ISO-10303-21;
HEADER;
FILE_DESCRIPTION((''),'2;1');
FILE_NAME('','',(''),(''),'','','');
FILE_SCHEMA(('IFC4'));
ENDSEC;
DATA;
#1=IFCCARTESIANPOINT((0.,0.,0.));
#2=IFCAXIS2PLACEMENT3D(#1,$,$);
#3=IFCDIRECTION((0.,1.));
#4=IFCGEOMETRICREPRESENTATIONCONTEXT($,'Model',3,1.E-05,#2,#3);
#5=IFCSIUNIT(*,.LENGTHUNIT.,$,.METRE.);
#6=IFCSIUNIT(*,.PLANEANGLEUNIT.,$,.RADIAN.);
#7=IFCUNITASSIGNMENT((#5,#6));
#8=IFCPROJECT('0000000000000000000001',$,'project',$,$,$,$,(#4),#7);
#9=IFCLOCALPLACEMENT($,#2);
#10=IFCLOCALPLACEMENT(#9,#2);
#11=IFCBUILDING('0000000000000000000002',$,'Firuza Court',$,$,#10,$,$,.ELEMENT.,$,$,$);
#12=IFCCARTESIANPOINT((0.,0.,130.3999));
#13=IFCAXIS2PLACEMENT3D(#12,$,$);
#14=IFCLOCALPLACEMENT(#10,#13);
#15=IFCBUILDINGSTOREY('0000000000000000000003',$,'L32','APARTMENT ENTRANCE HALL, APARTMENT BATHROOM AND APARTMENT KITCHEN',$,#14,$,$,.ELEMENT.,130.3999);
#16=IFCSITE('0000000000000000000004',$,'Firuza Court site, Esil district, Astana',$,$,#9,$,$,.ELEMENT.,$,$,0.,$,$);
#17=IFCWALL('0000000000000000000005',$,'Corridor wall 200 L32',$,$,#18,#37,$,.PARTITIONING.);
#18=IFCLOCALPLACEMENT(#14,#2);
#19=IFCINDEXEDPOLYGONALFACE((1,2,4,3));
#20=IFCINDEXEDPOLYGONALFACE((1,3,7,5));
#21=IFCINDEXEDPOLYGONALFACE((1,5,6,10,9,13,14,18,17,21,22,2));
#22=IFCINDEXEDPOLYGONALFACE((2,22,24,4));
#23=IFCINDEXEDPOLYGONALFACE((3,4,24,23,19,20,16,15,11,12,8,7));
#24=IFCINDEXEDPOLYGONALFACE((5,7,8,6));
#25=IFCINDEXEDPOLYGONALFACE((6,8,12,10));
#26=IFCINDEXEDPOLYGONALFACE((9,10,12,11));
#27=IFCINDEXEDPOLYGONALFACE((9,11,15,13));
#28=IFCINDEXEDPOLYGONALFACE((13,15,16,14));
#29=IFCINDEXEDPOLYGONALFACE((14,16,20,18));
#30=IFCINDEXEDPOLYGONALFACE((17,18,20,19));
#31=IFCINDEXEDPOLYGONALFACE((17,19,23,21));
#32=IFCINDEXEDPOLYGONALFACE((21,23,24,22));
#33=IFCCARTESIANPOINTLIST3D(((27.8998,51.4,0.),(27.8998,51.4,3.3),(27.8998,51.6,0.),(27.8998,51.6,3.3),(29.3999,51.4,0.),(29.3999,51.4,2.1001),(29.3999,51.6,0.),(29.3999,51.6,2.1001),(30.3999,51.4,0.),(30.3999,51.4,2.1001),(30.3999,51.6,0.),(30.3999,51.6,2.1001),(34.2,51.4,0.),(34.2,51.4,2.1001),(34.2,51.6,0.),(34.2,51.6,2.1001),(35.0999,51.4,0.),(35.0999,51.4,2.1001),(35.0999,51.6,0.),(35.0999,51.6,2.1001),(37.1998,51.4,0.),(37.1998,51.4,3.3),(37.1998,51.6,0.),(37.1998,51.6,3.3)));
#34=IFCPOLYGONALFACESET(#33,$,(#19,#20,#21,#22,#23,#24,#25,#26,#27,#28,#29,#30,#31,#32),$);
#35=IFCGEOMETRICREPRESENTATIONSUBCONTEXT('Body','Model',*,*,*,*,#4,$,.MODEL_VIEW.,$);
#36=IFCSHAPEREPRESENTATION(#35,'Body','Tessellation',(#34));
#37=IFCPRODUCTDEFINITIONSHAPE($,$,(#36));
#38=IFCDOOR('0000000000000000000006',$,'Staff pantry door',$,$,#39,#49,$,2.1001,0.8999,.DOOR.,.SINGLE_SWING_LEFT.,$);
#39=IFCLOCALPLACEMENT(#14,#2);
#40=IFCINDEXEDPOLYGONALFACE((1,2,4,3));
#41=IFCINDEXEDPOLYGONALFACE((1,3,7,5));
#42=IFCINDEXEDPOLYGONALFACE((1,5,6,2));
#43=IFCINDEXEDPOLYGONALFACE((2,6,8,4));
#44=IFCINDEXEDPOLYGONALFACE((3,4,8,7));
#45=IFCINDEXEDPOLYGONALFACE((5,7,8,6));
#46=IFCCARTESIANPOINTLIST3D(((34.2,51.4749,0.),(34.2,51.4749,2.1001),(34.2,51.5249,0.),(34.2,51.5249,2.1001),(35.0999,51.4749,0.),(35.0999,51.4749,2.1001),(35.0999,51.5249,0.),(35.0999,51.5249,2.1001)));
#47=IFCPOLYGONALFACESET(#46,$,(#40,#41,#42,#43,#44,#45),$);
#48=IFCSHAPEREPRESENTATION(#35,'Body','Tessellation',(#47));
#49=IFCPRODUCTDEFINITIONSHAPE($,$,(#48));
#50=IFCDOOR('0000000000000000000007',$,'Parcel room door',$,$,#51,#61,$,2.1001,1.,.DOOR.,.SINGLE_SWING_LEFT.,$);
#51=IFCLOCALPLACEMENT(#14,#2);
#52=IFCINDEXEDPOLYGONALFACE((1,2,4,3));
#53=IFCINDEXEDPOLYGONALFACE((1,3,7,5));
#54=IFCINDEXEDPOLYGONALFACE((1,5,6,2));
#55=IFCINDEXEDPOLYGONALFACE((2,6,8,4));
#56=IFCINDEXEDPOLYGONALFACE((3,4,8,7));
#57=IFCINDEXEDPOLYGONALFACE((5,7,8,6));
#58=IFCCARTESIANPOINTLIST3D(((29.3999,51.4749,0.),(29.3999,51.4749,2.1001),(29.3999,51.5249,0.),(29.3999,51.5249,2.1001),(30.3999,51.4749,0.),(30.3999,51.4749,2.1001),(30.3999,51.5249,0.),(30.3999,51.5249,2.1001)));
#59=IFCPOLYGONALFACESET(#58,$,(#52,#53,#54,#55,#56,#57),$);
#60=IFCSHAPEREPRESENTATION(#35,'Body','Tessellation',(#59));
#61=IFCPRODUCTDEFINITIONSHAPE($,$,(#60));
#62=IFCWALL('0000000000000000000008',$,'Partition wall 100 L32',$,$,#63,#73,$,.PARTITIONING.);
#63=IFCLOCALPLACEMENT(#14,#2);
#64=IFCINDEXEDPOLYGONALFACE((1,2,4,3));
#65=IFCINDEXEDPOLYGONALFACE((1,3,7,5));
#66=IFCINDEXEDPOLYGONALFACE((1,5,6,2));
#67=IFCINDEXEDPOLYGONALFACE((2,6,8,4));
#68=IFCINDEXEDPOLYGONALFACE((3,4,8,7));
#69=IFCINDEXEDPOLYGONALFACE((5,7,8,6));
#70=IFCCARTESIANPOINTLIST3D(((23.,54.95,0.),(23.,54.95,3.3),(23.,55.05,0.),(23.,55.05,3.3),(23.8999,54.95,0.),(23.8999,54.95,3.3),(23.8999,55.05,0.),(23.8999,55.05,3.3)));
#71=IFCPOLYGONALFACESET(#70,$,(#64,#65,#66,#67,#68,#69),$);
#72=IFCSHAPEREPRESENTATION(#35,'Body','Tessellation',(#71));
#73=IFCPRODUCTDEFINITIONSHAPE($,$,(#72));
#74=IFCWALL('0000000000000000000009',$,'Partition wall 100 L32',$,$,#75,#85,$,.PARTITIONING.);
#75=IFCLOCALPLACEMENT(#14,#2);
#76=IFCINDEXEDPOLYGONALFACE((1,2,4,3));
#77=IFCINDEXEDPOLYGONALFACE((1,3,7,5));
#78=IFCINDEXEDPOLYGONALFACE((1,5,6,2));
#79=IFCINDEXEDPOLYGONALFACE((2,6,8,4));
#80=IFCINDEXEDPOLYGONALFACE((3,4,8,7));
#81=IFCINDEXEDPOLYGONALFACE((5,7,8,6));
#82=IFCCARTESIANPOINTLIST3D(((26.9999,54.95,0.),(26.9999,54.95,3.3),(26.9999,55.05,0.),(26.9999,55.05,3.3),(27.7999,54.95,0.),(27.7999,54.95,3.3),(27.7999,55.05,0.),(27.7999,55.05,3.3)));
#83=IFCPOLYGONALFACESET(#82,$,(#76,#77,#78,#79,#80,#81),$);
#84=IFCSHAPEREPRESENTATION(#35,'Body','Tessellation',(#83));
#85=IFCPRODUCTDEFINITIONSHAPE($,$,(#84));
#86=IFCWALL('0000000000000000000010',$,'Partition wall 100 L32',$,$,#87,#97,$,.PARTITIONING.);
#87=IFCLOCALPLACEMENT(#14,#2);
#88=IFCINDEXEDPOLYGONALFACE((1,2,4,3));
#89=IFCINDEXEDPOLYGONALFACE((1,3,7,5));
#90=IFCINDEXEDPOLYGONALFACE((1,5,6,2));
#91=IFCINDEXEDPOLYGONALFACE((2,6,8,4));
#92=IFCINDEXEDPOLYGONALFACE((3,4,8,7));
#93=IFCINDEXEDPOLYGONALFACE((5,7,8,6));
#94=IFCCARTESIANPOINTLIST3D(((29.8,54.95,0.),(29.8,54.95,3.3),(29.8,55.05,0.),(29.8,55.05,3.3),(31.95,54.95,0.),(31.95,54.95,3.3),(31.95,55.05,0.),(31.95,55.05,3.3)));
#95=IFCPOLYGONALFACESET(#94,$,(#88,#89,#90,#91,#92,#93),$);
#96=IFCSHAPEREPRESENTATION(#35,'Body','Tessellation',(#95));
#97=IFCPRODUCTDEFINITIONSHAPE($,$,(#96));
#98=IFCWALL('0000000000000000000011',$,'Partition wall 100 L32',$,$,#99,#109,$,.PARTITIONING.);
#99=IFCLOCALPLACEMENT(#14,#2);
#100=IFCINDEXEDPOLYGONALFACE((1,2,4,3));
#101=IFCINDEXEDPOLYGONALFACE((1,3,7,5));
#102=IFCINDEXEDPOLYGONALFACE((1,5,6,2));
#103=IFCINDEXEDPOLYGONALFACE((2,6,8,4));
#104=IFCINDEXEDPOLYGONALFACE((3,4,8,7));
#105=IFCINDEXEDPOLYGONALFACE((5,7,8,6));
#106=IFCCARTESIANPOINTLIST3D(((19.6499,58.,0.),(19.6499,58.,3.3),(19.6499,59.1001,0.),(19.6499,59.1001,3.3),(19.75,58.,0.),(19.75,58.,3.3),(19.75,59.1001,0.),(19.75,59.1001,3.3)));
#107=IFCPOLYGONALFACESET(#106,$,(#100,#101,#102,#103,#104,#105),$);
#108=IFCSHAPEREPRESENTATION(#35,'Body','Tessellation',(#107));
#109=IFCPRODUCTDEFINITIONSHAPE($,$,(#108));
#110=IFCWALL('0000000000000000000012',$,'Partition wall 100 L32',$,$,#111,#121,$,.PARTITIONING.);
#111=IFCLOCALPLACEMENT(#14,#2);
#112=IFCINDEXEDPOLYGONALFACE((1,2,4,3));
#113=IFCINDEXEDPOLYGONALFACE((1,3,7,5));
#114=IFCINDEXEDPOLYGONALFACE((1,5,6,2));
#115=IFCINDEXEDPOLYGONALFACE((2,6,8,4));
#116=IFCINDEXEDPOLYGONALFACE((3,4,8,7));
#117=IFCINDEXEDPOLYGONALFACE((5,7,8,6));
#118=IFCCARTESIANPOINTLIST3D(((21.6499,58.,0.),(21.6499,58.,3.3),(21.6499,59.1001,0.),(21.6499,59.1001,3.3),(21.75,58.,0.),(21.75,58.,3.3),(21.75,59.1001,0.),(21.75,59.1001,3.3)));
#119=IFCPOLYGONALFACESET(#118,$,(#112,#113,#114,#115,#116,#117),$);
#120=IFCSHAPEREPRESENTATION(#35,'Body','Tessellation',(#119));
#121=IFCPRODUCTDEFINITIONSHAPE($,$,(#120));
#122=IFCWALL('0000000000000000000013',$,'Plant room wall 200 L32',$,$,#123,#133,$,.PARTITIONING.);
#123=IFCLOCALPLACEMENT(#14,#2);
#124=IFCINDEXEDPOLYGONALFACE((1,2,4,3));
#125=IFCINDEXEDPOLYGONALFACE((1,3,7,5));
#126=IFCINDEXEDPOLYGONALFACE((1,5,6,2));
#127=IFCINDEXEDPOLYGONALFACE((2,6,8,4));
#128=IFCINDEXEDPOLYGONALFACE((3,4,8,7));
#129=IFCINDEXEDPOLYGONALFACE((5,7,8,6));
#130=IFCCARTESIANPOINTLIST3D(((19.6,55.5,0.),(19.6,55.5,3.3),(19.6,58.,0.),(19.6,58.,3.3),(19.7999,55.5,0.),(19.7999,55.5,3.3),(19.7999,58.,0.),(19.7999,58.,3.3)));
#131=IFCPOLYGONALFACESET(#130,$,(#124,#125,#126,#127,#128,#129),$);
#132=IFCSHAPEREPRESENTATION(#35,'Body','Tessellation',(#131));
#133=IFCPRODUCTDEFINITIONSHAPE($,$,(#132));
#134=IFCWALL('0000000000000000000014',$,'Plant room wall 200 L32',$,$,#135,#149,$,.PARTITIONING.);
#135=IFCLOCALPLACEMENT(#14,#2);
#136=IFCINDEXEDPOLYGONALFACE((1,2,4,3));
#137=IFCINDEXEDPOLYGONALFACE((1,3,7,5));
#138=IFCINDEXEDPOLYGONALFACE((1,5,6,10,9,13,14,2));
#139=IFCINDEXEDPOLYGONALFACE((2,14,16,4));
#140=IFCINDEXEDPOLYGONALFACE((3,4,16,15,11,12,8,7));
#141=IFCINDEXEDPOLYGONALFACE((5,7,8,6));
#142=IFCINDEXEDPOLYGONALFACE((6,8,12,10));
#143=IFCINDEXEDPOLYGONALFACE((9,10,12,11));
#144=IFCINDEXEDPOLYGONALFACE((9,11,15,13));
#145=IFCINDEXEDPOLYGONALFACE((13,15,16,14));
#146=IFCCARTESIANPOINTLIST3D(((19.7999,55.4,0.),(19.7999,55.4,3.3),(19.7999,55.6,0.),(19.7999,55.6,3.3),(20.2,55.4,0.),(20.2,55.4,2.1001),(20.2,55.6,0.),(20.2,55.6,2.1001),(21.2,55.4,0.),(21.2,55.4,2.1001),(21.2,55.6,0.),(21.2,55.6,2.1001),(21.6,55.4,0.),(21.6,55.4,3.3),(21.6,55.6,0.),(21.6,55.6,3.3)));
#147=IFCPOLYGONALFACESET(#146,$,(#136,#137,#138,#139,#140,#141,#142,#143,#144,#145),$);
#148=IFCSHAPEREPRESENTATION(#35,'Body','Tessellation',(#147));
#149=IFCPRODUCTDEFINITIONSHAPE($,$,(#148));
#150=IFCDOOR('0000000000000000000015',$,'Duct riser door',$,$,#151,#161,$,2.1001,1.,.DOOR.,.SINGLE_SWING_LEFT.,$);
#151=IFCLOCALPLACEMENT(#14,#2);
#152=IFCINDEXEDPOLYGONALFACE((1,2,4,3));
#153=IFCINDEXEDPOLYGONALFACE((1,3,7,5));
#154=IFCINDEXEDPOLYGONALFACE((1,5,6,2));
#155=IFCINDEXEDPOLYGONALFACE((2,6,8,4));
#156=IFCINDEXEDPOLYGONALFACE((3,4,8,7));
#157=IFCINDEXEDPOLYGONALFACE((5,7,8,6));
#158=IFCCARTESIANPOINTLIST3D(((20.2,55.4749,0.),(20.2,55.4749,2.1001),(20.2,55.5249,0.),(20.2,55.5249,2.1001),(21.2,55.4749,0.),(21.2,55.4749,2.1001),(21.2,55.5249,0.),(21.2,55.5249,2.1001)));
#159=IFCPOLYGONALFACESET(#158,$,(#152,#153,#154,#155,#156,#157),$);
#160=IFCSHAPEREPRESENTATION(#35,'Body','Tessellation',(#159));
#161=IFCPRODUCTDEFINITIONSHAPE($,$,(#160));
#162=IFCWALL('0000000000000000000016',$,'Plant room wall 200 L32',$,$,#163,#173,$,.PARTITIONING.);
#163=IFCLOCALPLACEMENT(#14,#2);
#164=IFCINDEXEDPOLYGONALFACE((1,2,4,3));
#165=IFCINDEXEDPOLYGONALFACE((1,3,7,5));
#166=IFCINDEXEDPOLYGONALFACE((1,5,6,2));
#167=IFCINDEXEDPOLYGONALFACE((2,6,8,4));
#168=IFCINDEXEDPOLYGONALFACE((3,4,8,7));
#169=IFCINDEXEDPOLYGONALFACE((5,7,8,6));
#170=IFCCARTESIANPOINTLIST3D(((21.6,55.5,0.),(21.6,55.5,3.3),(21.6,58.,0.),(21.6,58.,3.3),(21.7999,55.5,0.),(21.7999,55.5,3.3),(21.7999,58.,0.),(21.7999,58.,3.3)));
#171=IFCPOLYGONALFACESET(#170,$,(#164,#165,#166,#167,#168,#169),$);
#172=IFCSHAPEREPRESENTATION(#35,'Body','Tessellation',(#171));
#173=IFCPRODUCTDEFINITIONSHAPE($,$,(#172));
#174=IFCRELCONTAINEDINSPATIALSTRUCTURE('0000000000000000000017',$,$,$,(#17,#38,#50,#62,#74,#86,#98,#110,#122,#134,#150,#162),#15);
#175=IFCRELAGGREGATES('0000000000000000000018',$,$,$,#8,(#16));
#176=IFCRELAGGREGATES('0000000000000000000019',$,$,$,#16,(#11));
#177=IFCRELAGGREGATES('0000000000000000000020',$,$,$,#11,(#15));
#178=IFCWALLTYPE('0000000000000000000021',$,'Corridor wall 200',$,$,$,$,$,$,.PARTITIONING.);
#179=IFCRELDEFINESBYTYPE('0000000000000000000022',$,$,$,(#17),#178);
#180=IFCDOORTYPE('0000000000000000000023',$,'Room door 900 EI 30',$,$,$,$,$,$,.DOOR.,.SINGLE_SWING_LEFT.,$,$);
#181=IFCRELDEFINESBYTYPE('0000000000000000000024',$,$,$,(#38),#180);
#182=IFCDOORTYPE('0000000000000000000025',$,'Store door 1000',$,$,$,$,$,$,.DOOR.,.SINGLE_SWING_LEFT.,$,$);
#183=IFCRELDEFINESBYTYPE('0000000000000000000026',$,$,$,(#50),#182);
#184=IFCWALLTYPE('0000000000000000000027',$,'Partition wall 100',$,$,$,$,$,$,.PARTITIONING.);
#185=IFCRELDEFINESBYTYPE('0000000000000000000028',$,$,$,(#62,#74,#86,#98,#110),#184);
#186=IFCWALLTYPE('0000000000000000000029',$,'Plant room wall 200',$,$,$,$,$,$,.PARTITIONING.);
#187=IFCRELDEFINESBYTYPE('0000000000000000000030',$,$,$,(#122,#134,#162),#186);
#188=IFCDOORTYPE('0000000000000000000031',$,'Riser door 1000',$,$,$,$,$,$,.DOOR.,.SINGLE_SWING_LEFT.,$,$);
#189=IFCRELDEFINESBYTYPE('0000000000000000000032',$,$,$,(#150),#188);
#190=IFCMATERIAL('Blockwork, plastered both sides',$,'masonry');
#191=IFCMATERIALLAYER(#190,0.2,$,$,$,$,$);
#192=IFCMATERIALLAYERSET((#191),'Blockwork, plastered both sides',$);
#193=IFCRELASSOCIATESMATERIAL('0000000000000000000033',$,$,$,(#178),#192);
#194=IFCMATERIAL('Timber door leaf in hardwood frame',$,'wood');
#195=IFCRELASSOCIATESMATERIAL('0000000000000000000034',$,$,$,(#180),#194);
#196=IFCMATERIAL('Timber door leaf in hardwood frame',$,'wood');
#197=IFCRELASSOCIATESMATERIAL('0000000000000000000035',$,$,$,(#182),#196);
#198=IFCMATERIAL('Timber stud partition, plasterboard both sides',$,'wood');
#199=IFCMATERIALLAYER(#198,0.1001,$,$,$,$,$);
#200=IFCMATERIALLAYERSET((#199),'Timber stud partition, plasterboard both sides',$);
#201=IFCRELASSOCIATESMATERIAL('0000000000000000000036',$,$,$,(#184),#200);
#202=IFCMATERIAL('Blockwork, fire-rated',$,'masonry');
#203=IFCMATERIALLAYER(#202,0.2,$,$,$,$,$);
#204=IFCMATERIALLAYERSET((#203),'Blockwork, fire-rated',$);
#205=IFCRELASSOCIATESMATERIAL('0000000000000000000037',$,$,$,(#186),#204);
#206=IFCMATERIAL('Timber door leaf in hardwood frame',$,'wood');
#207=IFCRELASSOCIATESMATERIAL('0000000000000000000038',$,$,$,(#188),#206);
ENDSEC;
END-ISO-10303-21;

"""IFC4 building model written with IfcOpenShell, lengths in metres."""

from ifc_helpers import new_model, si_unit, direction, frame, frame_2d, origin, place, context, subcontext, project, spatial, rectangle, extrude, material, layer, layer_set, type_object, element, fill, save


model = new_model("IFC4")

# Units and contexts
model_context = context("Model", 3, precision=1e-05, world=origin(), true_north=direction((0.0, 1.0)))
body_context = subcontext(model_context, "Body", "Model", "MODEL_VIEW")
ifc_project = project(units=[si_unit("LENGTHUNIT", "METRE"), si_unit("PLANEANGLEUNIT", "RADIAN")], contexts=[model_context])

# Site, building, storey
site_placement = place(None, origin())
site = spatial("IfcSite", under=ifc_project, at=site_placement, Name="Firuza Court site, Esil district, Astana", CompositionType="ELEMENT", RefElevation=0.0)
building_placement = place(site_placement, origin())
building = spatial("IfcBuilding", under=site, at=building_placement, Name="Firuza Court", CompositionType="ELEMENT")
storey_placement = place(building_placement, frame((0.0, 0.0, 130.3999)))
storey = spatial("IfcBuildingStorey", under=building, at=storey_placement, Name="L32", Description="APARTMENT ENTRANCE HALL, APARTMENT BATHROOM AND APARTMENT KITCHEN", CompositionType="ELEMENT", Elevation=130.3999)

# Wall, openings, doors
ifc_material_1 = material(Name="Blockwork, plastered both sides", Category="masonry")
ifc_layer_1 = layer(ifc_material_1, 0.2)
ifc_layer_set_1 = layer_set([ifc_layer_1], Name="Blockwork, plastered both sides")
wall_type_1 = type_object("IfcWallType", Name="Corridor wall 200", PredefinedType="PARTITIONING", material=ifc_layer_set_1)
wall_1_placement = place(storey_placement, frame((27.8999, 51.5, 0.0), z_axis=(0.0, 0.0, 1.0), x_axis=(1.0, 0.0, 0.0)))
wall_1 = element("IfcWall", 1, at=wall_1_placement, inside=storey, type_object=wall_type_1, Name="Corridor wall 200 L32", PredefinedType="PARTITIONING", context=body_context, shape_type="SweptSolid", body=[
    extrude(rectangle(XDim=9.3, YDim=0.2, at=frame_2d((4.6499, 0.0))), origin(), (0.0, 0.0, 1.0), 3.3),
])
opening_1_placement = place(wall_1_placement, frame((1.5, 0.0, 0.0)))
opening_1 = element("IfcOpeningElement", 2, at=opening_1_placement, cuts=wall_1, PredefinedType="OPENING", context=body_context, shape_type="SweptSolid", body=[
    extrude(rectangle(XDim=1.0, YDim=2.1001, at=frame_2d((0.5, 1.05))), frame((0.0, 0.1118, 0.0), z_axis=(0.0, -1.0, 0.0), x_axis=(1.0, 0.0, 0.0)), (0.0, 0.0, 1.0), 0.2239),
])
opening_2_placement = place(wall_1_placement, frame((6.3, 0.0, 0.0)))
opening_2 = element("IfcOpeningElement", 3, at=opening_2_placement, cuts=wall_1, PredefinedType="OPENING", context=body_context, shape_type="SweptSolid", body=[
    extrude(rectangle(XDim=0.8999, YDim=2.1001, at=frame_2d((0.45, 1.05))), frame((0.0, 0.1118, 0.0), z_axis=(0.0, -1.0, 0.0), x_axis=(1.0, 0.0, 0.0)), (0.0, 0.0, 1.0), 0.2239),
])
ifc_material_2 = material(Name="Timber door leaf in hardwood frame", Category="wood")
door_type_1 = type_object("IfcDoorType", Name="Room door 900 EI 30", OperationType="SINGLE_SWING_LEFT", PredefinedType="DOOR", material=ifc_material_2)
door_1_placement = place(opening_2_placement, origin())
door_1 = element("IfcDoor", 4, at=door_1_placement, inside=storey, type_object=door_type_1, Name="Staff pantry door", OperationType="SINGLE_SWING_LEFT", OverallHeight=2.1001, OverallWidth=0.8999, PredefinedType="DOOR", context=body_context, shape_type="SweptSolid", body=[
    extrude(rectangle(XDim=0.8999, YDim=2.1001, at=frame_2d((0.45, 1.05))), frame((0.0, 0.0249, 0.0), z_axis=(0.0, -1.0, 0.0), x_axis=(1.0, 0.0, 0.0)), (0.0, 0.0, 1.0), 0.05),
])
fill(opening_2, door_1)
ifc_material_3 = material(Name="Timber door leaf in hardwood frame", Category="wood")
door_type_2 = type_object("IfcDoorType", Name="Store door 1000", OperationType="SINGLE_SWING_LEFT", PredefinedType="DOOR", material=ifc_material_3)
door_2_placement = place(opening_1_placement, origin())
door_2 = element("IfcDoor", 5, at=door_2_placement, inside=storey, type_object=door_type_2, Name="Parcel room door", OperationType="SINGLE_SWING_LEFT", OverallHeight=2.1001, OverallWidth=1.0, PredefinedType="DOOR", context=body_context, shape_type="SweptSolid", body=[
    extrude(rectangle(XDim=1.0, YDim=2.1001, at=frame_2d((0.5, 1.05))), frame((0.0, 0.0249, 0.0), z_axis=(0.0, -1.0, 0.0), x_axis=(1.0, 0.0, 0.0)), (0.0, 0.0, 1.0), 0.05),
])
fill(opening_1, door_2)

# Walls
ifc_material_4 = material(Name="Timber stud partition, plasterboard both sides", Category="wood")
ifc_layer_2 = layer(ifc_material_4, 0.1001)
ifc_layer_set_2 = layer_set([ifc_layer_2], Name="Timber stud partition, plasterboard both sides")
wall_type_2 = type_object("IfcWallType", Name="Partition wall 100", PredefinedType="PARTITIONING", material=ifc_layer_set_2)
wall_2_placement = place(storey_placement, frame((23.0, 55.0, 0.0), z_axis=(0.0, 0.0, 1.0), x_axis=(1.0, 0.0, 0.0)))
element("IfcWall", 6, at=wall_2_placement, inside=storey, type_object=wall_type_2, Name="Partition wall 100 L32", PredefinedType="PARTITIONING", context=body_context, shape_type="SweptSolid", body=[
    extrude(rectangle(XDim=0.8999, YDim=0.1001, at=frame_2d((0.45, 0.0))), origin(), (0.0, 0.0, 1.0), 3.3),
])
wall_3_placement = place(storey_placement, frame((27.0, 55.0, 0.0), z_axis=(0.0, 0.0, 1.0), x_axis=(1.0, 0.0, 0.0)))
element("IfcWall", 7, at=wall_3_placement, inside=storey, type_object=wall_type_2, Name="Partition wall 100 L32", PredefinedType="PARTITIONING", context=body_context, shape_type="SweptSolid", body=[
    extrude(rectangle(XDim=0.8, YDim=0.1001, at=frame_2d((0.3999, 0.0))), origin(), (0.0, 0.0, 1.0), 3.3),
])
wall_4_placement = place(storey_placement, frame((29.8, 55.0, 0.0), z_axis=(0.0, 0.0, 1.0), x_axis=(1.0, 0.0, 0.0)))
element("IfcWall", 8, at=wall_4_placement, inside=storey, type_object=wall_type_2, Name="Partition wall 100 L32", PredefinedType="PARTITIONING", context=body_context, shape_type="SweptSolid", body=[
    extrude(rectangle(XDim=2.1499, YDim=0.1001, at=frame_2d((1.075, 0.0))), origin(), (0.0, 0.0, 1.0), 3.3),
])
for number, where, z_axis, x_axis, name in (
    (9, (19.7, 58.0, 0.0), (0.0, 0.0, 1.0), (0.0, 1.0, 0.0), "Partition wall 100 L32"),
    (10, (21.7, 58.0, 0.0), (0.0, 0.0, 1.0), (0.0, 1.0, 0.0), "Partition wall 100 L32"),
):
    element("IfcWall", number, at=place(storey_placement, frame(where, z_axis=z_axis, x_axis=x_axis)), inside=storey, type_object=wall_type_2, Name=name, PredefinedType="PARTITIONING", context=body_context, shape_type="SweptSolid", body=[
        extrude(rectangle(XDim=1.1001, YDim=0.1001, at=frame_2d((0.55, 0.0))), origin(), (0.0, 0.0, 1.0), 3.3),
    ])
ifc_material_5 = material(Name="Blockwork, fire-rated", Category="masonry")
ifc_layer_3 = layer(ifc_material_5, 0.2)
ifc_layer_set_3 = layer_set([ifc_layer_3], Name="Blockwork, fire-rated")
wall_type_3 = type_object("IfcWallType", Name="Plant room wall 200", PredefinedType="PARTITIONING", material=ifc_layer_set_3)
wall_5_placement = place(storey_placement, frame((19.7, 55.5, 0.0), z_axis=(0.0, 0.0, 1.0), x_axis=(0.0, 1.0, 0.0)))
element("IfcWall", 11, at=wall_5_placement, inside=storey, type_object=wall_type_3, Name="Plant room wall 200 L32", PredefinedType="PARTITIONING", context=body_context, shape_type="SweptSolid", body=[
    extrude(rectangle(XDim=2.5, YDim=0.2, at=frame_2d((1.25, 0.0))), origin(), (0.0, 0.0, 1.0), 3.3),
])

# Wall, opening, door
wall_6_placement = place(storey_placement, frame((19.8, 55.5, 0.0), z_axis=(0.0, 0.0, 1.0), x_axis=(1.0, 0.0, 0.0)))
wall_6 = element("IfcWall", 12, at=wall_6_placement, inside=storey, type_object=wall_type_3, Name="Plant room wall 200 L32", PredefinedType="PARTITIONING", context=body_context, shape_type="SweptSolid", body=[
    extrude(rectangle(XDim=1.8, YDim=0.2, at=frame_2d((0.8999, 0.0))), origin(), (0.0, 0.0, 1.0), 3.3),
])
opening_3_placement = place(wall_6_placement, frame((0.3999, 0.0, 0.0)))
opening_3 = element("IfcOpeningElement", 13, at=opening_3_placement, cuts=wall_6, PredefinedType="OPENING", context=body_context, shape_type="SweptSolid", body=[
    extrude(rectangle(XDim=1.0, YDim=2.1001, at=frame_2d((0.5, 1.05))), frame((0.0, 0.1118, 0.0), z_axis=(0.0, -1.0, 0.0), x_axis=(1.0, 0.0, 0.0)), (0.0, 0.0, 1.0), 0.2239),
])
ifc_material_6 = material(Name="Timber door leaf in hardwood frame", Category="wood")
door_type_3 = type_object("IfcDoorType", Name="Riser door 1000", OperationType="SINGLE_SWING_LEFT", PredefinedType="DOOR", material=ifc_material_6)
door_3_placement = place(opening_3_placement, origin())
door_3 = element("IfcDoor", 14, at=door_3_placement, inside=storey, type_object=door_type_3, Name="Duct riser door", OperationType="SINGLE_SWING_LEFT", OverallHeight=2.1001, OverallWidth=1.0, PredefinedType="DOOR", context=body_context, shape_type="SweptSolid", body=[
    extrude(rectangle(XDim=1.0, YDim=2.1001, at=frame_2d((0.5, 1.05))), frame((0.0, 0.0249, 0.0), z_axis=(0.0, -1.0, 0.0), x_axis=(1.0, 0.0, 0.0)), (0.0, 0.0, 1.0), 0.05),
])
fill(opening_3, door_3)

# Wall
wall_7_placement = place(storey_placement, frame((21.7, 55.5, 0.0), z_axis=(0.0, 0.0, 1.0), x_axis=(0.0, 1.0, 0.0)))
element("IfcWall", 15, at=wall_7_placement, inside=storey, type_object=wall_type_3, Name="Plant room wall 200 L32", PredefinedType="PARTITIONING", context=body_context, shape_type="SweptSolid", body=[
    extrude(rectangle(XDim=2.5, YDim=0.2, at=frame_2d((1.25, 0.0))), origin(), (0.0, 0.0, 1.0), 3.3),
])

save(model, "model.ifc")
